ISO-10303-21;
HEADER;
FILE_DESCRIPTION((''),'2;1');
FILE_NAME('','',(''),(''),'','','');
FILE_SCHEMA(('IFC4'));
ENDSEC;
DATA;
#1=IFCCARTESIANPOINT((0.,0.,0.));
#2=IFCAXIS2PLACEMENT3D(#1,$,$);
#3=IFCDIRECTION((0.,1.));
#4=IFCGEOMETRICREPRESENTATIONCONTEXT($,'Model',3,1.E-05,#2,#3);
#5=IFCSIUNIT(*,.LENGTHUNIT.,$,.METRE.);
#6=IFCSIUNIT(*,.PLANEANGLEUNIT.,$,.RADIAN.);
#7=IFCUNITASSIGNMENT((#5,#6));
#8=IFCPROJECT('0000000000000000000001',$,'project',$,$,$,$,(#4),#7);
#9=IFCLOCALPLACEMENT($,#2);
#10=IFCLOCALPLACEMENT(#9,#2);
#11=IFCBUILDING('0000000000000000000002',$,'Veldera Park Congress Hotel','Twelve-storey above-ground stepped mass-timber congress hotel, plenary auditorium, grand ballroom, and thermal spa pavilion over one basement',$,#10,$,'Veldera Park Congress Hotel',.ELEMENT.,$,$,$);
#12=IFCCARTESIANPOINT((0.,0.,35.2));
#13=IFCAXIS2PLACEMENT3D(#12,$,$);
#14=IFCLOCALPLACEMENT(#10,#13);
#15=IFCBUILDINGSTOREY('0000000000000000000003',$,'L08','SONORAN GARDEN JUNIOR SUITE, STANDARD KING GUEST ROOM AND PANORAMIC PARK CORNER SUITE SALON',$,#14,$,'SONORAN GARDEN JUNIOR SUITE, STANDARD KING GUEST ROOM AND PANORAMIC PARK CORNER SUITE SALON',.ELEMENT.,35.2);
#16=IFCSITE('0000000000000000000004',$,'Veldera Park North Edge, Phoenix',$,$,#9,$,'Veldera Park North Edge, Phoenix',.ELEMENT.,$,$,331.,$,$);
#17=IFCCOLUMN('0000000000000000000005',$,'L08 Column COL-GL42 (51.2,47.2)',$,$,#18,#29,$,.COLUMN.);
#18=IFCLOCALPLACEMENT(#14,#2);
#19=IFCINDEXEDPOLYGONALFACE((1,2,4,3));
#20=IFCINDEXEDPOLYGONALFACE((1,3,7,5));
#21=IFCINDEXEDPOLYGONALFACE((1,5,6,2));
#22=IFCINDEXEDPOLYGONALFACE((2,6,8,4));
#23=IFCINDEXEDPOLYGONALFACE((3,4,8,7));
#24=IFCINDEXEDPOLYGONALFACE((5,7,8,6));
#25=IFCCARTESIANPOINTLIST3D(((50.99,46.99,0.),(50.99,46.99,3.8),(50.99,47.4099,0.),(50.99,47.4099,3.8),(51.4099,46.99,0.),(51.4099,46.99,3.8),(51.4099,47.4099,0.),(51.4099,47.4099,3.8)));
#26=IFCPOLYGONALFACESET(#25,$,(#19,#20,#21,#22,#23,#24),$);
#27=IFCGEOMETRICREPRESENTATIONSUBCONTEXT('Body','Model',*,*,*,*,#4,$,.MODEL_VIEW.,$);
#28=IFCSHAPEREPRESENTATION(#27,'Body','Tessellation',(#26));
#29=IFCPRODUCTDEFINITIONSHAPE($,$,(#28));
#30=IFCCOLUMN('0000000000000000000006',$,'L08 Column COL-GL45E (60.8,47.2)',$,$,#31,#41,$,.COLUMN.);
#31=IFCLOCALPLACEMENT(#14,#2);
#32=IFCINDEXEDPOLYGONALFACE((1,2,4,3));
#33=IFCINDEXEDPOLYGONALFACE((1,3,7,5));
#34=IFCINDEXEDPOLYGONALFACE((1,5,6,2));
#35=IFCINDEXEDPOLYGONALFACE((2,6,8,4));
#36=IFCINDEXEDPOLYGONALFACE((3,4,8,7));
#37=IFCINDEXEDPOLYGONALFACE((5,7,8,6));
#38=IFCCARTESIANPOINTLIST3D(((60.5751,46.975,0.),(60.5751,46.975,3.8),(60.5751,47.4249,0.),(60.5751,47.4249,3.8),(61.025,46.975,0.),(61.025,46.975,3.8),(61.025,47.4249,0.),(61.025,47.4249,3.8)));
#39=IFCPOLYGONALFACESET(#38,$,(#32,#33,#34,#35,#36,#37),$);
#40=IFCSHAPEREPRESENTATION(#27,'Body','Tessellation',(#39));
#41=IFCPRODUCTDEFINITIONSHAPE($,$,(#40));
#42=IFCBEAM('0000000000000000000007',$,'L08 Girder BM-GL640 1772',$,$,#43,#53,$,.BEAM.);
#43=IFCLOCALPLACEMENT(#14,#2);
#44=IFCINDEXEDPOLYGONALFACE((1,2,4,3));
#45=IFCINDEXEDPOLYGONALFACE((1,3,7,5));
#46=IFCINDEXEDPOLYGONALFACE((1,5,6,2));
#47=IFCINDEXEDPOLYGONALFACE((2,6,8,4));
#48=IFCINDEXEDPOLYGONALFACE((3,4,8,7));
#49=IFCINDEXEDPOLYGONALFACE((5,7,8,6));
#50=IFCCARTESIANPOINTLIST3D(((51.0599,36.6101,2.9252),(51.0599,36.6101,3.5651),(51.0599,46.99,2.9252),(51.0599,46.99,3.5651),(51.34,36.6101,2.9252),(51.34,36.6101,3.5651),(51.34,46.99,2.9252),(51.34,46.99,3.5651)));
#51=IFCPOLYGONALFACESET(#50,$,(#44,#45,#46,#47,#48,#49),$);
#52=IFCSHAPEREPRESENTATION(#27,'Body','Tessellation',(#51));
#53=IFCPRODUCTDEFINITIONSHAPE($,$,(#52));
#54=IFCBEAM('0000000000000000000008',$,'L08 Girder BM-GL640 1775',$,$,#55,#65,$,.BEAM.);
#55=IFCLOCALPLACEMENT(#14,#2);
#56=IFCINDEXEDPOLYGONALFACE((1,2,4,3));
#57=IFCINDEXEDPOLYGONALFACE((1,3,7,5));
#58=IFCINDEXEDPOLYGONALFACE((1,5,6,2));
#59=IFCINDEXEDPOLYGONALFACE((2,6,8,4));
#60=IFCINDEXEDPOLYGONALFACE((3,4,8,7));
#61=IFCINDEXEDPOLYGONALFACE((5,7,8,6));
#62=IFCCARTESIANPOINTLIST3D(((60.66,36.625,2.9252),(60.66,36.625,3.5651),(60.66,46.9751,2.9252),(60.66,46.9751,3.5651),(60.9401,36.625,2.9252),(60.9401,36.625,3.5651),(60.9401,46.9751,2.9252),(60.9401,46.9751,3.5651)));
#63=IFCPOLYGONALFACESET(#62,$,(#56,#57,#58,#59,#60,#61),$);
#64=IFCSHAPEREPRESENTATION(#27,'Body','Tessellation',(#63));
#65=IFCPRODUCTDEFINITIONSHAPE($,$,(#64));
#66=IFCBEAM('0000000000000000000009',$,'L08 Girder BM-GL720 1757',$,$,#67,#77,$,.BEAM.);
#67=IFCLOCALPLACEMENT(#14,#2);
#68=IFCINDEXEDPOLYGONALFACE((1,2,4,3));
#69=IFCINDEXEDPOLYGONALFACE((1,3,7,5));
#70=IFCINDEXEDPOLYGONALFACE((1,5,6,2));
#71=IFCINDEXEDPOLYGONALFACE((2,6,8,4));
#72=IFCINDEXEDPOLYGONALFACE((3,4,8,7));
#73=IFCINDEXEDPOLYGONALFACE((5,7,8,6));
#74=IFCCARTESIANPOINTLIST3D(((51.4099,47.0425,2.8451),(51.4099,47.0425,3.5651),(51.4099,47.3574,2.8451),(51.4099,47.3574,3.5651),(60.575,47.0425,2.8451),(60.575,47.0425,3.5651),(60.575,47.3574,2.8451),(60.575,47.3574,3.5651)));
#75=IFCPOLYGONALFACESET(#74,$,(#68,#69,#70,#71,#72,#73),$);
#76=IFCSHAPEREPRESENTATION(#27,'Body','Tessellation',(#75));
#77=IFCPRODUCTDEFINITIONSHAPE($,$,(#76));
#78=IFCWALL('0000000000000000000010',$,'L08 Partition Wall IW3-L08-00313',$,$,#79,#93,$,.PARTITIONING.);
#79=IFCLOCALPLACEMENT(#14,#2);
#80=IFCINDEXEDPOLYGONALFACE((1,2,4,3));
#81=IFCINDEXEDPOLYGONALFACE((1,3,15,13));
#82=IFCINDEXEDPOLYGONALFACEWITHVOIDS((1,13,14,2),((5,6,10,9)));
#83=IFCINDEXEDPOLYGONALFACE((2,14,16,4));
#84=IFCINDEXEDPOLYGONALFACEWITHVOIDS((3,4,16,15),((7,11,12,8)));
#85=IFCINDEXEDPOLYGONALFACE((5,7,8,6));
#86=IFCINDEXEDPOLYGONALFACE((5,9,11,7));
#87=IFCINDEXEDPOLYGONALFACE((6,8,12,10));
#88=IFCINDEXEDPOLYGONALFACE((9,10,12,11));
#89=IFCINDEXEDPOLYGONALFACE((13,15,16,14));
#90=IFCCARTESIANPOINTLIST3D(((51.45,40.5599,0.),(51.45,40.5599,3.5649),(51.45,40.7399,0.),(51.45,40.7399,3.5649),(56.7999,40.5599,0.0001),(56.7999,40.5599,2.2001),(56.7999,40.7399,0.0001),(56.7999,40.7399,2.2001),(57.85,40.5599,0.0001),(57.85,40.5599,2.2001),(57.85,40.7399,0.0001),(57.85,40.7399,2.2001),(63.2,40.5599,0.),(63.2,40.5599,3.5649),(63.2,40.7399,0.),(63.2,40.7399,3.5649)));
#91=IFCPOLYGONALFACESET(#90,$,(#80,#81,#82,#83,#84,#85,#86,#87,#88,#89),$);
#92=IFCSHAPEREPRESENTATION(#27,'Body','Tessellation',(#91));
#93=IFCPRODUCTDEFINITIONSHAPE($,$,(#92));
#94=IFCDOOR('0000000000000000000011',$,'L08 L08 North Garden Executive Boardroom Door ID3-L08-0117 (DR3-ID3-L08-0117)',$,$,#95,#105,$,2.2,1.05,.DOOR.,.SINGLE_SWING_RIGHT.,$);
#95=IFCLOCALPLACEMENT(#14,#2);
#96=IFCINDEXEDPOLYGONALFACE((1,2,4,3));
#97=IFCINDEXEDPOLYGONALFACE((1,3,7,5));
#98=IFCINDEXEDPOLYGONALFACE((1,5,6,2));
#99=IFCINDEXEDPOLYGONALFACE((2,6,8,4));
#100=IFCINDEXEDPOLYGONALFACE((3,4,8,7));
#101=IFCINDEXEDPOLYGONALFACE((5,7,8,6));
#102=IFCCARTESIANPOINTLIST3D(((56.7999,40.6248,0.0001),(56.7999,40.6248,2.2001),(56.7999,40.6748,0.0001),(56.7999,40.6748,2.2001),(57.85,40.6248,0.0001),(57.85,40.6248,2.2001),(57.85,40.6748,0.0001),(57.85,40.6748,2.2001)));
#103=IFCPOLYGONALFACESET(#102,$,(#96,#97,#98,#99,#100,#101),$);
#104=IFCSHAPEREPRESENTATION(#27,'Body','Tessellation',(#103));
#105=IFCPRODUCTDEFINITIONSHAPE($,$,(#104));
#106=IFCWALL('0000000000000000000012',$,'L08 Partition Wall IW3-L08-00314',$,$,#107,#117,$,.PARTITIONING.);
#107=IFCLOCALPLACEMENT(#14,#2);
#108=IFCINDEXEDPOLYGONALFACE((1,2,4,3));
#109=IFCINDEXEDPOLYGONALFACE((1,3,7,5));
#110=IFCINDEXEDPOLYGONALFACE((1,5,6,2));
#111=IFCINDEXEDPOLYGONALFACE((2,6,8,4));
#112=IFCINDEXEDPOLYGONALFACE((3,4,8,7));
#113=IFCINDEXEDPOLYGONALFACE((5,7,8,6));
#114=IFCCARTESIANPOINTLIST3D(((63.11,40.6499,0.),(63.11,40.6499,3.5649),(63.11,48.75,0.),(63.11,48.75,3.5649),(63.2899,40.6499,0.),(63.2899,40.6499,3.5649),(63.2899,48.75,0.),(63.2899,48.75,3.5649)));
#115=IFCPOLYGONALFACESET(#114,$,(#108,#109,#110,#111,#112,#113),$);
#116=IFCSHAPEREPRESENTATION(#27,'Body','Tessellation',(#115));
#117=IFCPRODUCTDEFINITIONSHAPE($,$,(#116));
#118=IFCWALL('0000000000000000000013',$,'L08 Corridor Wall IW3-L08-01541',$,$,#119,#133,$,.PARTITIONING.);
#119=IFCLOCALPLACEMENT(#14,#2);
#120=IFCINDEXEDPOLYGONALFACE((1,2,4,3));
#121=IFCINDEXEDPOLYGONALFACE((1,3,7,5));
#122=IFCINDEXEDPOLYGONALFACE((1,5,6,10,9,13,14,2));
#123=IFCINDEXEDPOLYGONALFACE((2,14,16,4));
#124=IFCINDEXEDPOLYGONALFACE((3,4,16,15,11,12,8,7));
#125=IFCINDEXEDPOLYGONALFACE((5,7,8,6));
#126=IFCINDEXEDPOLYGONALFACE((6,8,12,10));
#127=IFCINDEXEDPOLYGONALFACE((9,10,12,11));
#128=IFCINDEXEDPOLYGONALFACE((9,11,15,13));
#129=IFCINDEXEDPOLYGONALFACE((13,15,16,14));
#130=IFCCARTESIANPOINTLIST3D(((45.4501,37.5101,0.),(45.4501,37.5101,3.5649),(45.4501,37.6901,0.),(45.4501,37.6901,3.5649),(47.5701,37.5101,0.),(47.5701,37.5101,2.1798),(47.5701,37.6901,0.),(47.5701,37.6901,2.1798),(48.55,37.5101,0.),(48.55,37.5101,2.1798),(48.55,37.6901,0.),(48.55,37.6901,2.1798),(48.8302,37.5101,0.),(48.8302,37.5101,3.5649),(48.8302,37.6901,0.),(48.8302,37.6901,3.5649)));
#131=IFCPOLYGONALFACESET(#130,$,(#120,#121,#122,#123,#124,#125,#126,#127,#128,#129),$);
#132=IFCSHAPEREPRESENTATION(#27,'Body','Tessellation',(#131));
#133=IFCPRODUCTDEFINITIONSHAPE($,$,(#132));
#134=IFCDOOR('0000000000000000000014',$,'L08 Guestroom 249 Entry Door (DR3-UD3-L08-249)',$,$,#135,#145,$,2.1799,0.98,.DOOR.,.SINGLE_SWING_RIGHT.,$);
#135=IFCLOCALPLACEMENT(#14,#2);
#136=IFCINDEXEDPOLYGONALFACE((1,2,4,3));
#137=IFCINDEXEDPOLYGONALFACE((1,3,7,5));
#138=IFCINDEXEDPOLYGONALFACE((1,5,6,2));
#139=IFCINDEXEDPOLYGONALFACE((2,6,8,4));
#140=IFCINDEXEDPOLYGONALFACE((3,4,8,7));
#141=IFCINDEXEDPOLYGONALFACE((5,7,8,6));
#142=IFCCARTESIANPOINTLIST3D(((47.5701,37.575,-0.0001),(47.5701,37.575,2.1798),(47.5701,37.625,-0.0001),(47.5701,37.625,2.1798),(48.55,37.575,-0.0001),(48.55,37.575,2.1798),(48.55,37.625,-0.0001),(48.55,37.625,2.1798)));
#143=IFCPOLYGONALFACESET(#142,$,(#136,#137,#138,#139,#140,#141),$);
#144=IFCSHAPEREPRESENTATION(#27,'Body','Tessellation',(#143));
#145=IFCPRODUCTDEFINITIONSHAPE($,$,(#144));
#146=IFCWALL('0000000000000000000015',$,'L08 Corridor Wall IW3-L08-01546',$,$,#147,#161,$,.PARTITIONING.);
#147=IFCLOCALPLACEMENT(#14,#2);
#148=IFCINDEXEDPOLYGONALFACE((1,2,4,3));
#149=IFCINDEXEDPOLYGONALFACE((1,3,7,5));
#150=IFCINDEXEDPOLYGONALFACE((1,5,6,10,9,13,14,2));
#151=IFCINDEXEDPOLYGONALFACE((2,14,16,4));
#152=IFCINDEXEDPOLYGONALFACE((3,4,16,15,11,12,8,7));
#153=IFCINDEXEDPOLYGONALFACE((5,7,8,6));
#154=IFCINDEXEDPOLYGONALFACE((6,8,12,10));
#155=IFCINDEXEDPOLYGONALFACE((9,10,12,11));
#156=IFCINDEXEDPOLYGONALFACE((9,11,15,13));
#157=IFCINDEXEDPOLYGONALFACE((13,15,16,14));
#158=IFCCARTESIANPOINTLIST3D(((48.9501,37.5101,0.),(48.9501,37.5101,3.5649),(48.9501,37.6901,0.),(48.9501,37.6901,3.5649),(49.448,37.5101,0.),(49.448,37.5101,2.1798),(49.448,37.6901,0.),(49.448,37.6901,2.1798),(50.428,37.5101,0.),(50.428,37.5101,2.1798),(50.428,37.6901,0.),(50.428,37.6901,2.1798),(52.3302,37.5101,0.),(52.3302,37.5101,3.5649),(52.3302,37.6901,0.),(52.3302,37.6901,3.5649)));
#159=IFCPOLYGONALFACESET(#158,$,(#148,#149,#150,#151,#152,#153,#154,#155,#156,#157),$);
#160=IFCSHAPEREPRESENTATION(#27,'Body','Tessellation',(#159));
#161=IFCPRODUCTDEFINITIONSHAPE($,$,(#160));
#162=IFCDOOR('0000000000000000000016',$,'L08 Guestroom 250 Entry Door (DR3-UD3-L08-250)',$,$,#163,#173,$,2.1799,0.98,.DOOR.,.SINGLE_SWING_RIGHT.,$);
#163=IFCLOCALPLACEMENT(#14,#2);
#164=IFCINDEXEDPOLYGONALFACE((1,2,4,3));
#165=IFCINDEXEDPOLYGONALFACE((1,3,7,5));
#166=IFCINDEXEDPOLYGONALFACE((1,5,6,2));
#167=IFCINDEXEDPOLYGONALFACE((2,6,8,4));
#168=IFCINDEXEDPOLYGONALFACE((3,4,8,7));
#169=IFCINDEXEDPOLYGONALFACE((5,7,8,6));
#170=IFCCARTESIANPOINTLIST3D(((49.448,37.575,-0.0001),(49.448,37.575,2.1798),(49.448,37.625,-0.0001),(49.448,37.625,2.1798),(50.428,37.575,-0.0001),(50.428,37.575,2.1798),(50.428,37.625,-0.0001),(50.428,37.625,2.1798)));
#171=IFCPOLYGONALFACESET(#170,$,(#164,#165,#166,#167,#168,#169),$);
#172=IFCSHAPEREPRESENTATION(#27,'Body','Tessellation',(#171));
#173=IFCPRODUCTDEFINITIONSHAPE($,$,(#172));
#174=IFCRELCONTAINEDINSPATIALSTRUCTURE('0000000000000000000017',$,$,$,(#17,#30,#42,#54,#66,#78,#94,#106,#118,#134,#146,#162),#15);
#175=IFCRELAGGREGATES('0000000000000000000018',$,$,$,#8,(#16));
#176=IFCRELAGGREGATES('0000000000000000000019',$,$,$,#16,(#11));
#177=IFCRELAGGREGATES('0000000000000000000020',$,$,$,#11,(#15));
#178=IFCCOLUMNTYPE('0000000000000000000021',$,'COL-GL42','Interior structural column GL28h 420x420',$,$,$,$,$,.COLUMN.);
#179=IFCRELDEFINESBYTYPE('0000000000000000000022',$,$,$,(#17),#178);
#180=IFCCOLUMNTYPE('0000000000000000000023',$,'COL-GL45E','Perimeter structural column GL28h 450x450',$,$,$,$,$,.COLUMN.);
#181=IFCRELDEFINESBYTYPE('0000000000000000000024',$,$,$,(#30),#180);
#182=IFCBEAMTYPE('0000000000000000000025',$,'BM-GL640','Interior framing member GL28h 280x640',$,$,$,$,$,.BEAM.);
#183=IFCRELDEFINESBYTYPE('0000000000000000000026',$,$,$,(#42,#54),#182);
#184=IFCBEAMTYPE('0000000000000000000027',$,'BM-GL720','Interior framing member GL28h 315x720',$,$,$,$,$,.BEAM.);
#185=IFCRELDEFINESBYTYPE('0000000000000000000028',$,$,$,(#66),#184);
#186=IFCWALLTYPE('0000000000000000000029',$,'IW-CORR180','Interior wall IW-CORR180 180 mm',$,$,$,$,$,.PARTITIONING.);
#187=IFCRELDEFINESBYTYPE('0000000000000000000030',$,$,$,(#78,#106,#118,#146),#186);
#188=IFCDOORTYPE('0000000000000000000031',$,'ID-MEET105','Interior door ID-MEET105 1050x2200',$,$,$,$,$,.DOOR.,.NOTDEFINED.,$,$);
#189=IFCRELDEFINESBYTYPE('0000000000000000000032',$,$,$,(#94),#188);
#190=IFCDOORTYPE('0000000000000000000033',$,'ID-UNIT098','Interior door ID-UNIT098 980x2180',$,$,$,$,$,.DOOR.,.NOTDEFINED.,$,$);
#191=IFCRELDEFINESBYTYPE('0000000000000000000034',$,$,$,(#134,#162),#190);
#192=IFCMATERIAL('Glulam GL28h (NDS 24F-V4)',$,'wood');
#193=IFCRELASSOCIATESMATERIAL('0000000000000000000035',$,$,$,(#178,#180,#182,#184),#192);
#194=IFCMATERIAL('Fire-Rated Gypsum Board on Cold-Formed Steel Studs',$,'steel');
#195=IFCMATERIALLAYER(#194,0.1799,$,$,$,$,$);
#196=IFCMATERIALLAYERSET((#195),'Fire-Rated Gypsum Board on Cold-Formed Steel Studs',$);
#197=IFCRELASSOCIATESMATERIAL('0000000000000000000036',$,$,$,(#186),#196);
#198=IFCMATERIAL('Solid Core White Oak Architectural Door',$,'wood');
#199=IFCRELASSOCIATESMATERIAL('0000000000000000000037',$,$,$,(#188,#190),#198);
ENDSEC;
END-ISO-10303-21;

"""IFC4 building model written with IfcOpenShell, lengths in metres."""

from ifc_helpers import new_model, si_unit, direction, frame, frame_2d, origin, origin_2d, place, context, subcontext, project, spatial, rectangle, extrude, material, layer, layer_set, material_profile, profile_set, type_object, element, fill, save


model = new_model("IFC4")

# Units and contexts
model_context = context("Model", 3, precision=1e-05, world=origin(), true_north=direction((0.0, 1.0)))
body_context = subcontext(model_context, "Body", "Model", "MODEL_VIEW")
ifc_project = project(units=[si_unit("LENGTHUNIT", "METRE"), si_unit("PLANEANGLEUNIT", "RADIAN")], contexts=[model_context])

# Site, building, storey
site_placement = place(None, origin())
site = spatial("IfcSite", under=ifc_project, at=site_placement, Name="Veldera Park North Edge, Phoenix", LongName="Veldera Park North Edge, Phoenix", CompositionType="ELEMENT", RefElevation=331.0)
building_placement = place(site_placement, origin())
building = spatial("IfcBuilding", under=site, at=building_placement, Name="Veldera Park Congress Hotel", Description="Twelve-storey above-ground stepped mass-timber congress hotel, plenary auditorium, grand ballroom, and thermal spa pavilion over one basement", LongName="Veldera Park Congress Hotel", CompositionType="ELEMENT")
storey_placement = place(building_placement, frame((0.0, 0.0, 35.2)))
storey = spatial("IfcBuildingStorey", under=building, at=storey_placement, Name="L08", Description="SONORAN GARDEN JUNIOR SUITE, STANDARD KING GUEST ROOM AND PANORAMIC PARK CORNER SUITE SALON", LongName="SONORAN GARDEN JUNIOR SUITE, STANDARD KING GUEST ROOM AND PANORAMIC PARK CORNER SUITE SALON", CompositionType="ELEMENT", Elevation=35.2)

# Columns
ifc_material_1 = material(Name="Glulam GL28h (NDS 24F-V4)", Category="wood")
ifc_material_profile_1 = material_profile(ifc_material_1, rectangle(XDim=0.4199, YDim=0.4199, at=origin_2d()), Name="GL28h 420x420")
ifc_profile_set_1 = profile_set([ifc_material_profile_1], Name="Glulam GL28h (NDS 24F-V4)")
column_type_1 = type_object("IfcColumnType", Name="COL-GL42", Description="Interior structural column GL28h 420x420", PredefinedType="COLUMN", material=ifc_profile_set_1)
column_1_placement = place(storey_placement, frame((51.2, 47.2, 0.0), z_axis=(0.0, 0.0, 1.0), x_axis=(1.0, 0.0, 0.0)))
element("IfcColumn", 1, at=column_1_placement, inside=storey, type_object=column_type_1, Name="L08 Column COL-GL42 (51.2,47.2)", PredefinedType="COLUMN", context=body_context, shape_type="SweptSolid", body=[
    extrude(rectangle(XDim=0.4199, YDim=0.4199, at=origin_2d()), origin(), (0.0, 0.0, 1.0), 3.8),
])
ifc_material_profile_2 = material_profile(ifc_material_1, rectangle(XDim=0.45, YDim=0.45, at=origin_2d()), Name="GL28h 450x450")
ifc_profile_set_2 = profile_set([ifc_material_profile_2], Name="Glulam GL28h (NDS 24F-V4)")
column_type_2 = type_object("IfcColumnType", Name="COL-GL45E", Description="Perimeter structural column GL28h 450x450", PredefinedType="COLUMN", material=ifc_profile_set_2)
column_2_placement = place(storey_placement, frame((60.8, 47.2, 0.0), z_axis=(0.0, 0.0, 1.0), x_axis=(1.0, 0.0, 0.0)))
element("IfcColumn", 2, at=column_2_placement, inside=storey, type_object=column_type_2, Name="L08 Column COL-GL45E (60.8,47.2)", PredefinedType="COLUMN", context=body_context, shape_type="SweptSolid", body=[
    extrude(rectangle(XDim=0.45, YDim=0.45, at=origin_2d()), origin(), (0.0, 0.0, 1.0), 3.8),
])

# Beams
ifc_material_profile_3 = material_profile(ifc_material_1, rectangle(XDim=0.28, YDim=0.6399, at=origin_2d()), Name="GL28h 280x640")
ifc_profile_set_3 = profile_set([ifc_material_profile_3], Name="Glulam GL28h (NDS 24F-V4)")
beam_type_1 = type_object("IfcBeamType", Name="BM-GL640", Description="Interior framing member GL28h 280x640", PredefinedType="BEAM", material=ifc_profile_set_3)
beam_1_placement = place(storey_placement, frame((51.2, 36.6101, 3.2451), z_axis=(0.0, 1.0, 0.0), x_axis=(-1.0, 0.0, 0.0)))
element("IfcBeam", 3, at=beam_1_placement, inside=storey, type_object=beam_type_1, Name="L08 Girder BM-GL640 1772", PredefinedType="BEAM", context=body_context, shape_type="SweptSolid", body=[
    extrude(rectangle(XDim=0.28, YDim=0.6399, at=origin_2d()), origin(), (0.0, 0.0, 1.0), 10.3799),
])
beam_2_placement = place(storey_placement, frame((60.8, 36.625, 3.2451), z_axis=(0.0, 1.0, 0.0), x_axis=(-1.0, 0.0, 0.0)))
element("IfcBeam", 4, at=beam_2_placement, inside=storey, type_object=beam_type_1, Name="L08 Girder BM-GL640 1775", PredefinedType="BEAM", context=body_context, shape_type="SweptSolid", body=[
    extrude(rectangle(XDim=0.28, YDim=0.6399, at=origin_2d()), origin(), (0.0, 0.0, 1.0), 10.3501),
])
ifc_material_profile_4 = material_profile(ifc_material_1, rectangle(XDim=0.3149, YDim=0.72, at=origin_2d()), Name="GL28h 315x720")
ifc_profile_set_4 = profile_set([ifc_material_profile_4], Name="Glulam GL28h (NDS 24F-V4)")
beam_type_2 = type_object("IfcBeamType", Name="BM-GL720", Description="Interior framing member GL28h 315x720", PredefinedType="BEAM", material=ifc_profile_set_4)
beam_3_placement = place(storey_placement, frame((51.4099, 47.2, 3.2051), z_axis=(1.0, 0.0, 0.0), x_axis=(0.0, 1.0, 0.0)))
element("IfcBeam", 5, at=beam_3_placement, inside=storey, type_object=beam_type_2, Name="L08 Girder BM-GL720 1757", PredefinedType="BEAM", context=body_context, shape_type="SweptSolid", body=[
    extrude(rectangle(XDim=0.3149, YDim=0.72, at=origin_2d()), origin(), (0.0, 0.0, 1.0), 9.165),
])

# Wall, opening, door
ifc_material_2 = material(Name="Fire-Rated Gypsum Board on Cold-Formed Steel Studs", Category="steel")
ifc_layer_1 = layer(ifc_material_2, 0.1799)
ifc_layer_set_1 = layer_set([ifc_layer_1], Name="Fire-Rated Gypsum Board on Cold-Formed Steel Studs")
wall_type_1 = type_object("IfcWallType", Name="IW-CORR180", Description="Interior wall IW-CORR180 180 mm", PredefinedType="PARTITIONING", material=ifc_layer_set_1)
wall_1_placement = place(storey_placement, frame((51.45, 40.6499, 0.0), z_axis=(0.0, 0.0, 1.0), x_axis=(1.0, 0.0, 0.0)))
wall_1 = element("IfcWall", 6, at=wall_1_placement, inside=storey, type_object=wall_type_1, Name="L08 Partition Wall IW3-L08-00313", PredefinedType="PARTITIONING", context=body_context, shape_type="SweptSolid", body=[
    extrude(rectangle(XDim=11.75, YDim=0.1799, at=frame_2d((5.875, 0.0))), origin(), (0.0, 0.0, 1.0), 3.5649),
])
opening_1_placement = place(wall_1_placement, frame((5.3501, 0.0, 0.0)))
opening_1 = element("IfcOpeningElement", 7, at=opening_1_placement, cuts=wall_1, PredefinedType="OPENING", context=body_context, shape_type="SweptSolid", body=[
    extrude(rectangle(XDim=1.05, YDim=2.2, at=frame_2d((0.5249, 1.1001))), frame((0.0, 0.1021, 0.0), z_axis=(0.0, -1.0, 0.0), x_axis=(1.0, 0.0, 0.0)), (0.0, 0.0, 1.0), 0.2039),
])
ifc_material_3 = material(Name="Solid Core White Oak Architectural Door", Category="wood")
door_type_1 = type_object("IfcDoorType", Name="ID-MEET105", Description="Interior door ID-MEET105 1050x2200", OperationType="NOTDEFINED", PredefinedType="DOOR", material=ifc_material_3)
door_1_placement = place(opening_1_placement, origin())
door_1 = element("IfcDoor", 8, at=door_1_placement, inside=storey, type_object=door_type_1, Name="L08 L08 North Garden Executive Boardroom Door ID3-L08-0117 (DR3-ID3-L08-0117)", OperationType="SINGLE_SWING_RIGHT", OverallHeight=2.2, OverallWidth=1.05, PredefinedType="DOOR", context=body_context, shape_type="SweptSolid", body=[
    extrude(rectangle(XDim=1.05, YDim=2.2, at=frame_2d((0.5249, 1.1001))), frame((0.0, 0.0249, 0.0), z_axis=(0.0, -1.0, 0.0), x_axis=(1.0, 0.0, 0.0)), (0.0, 0.0, 1.0), 0.05),
])
fill(opening_1, door_1)

# Wall
wall_2_placement = place(storey_placement, frame((63.2, 40.6499, 0.0), z_axis=(0.0, 0.0, 1.0), x_axis=(0.0, 1.0, 0.0)))
element("IfcWall", 9, at=wall_2_placement, inside=storey, type_object=wall_type_1, Name="L08 Partition Wall IW3-L08-00314", PredefinedType="PARTITIONING", context=body_context, shape_type="SweptSolid", body=[
    extrude(rectangle(XDim=8.1001, YDim=0.1799, at=frame_2d((4.05, 0.0))), origin(), (0.0, 0.0, 1.0), 3.5649),
])

# Walls, openings, doors
wall_3_placement = place(storey_placement, frame((48.8301, 37.6001, 0.0), z_axis=(0.0, 0.0, 1.0), x_axis=(-1.0, 0.0, 0.0)))
wall_3 = element("IfcWall", 10, at=wall_3_placement, inside=storey, type_object=wall_type_1, Name="L08 Corridor Wall IW3-L08-01541", PredefinedType="PARTITIONING", context=body_context, shape_type="SweptSolid", body=[
    extrude(rectangle(XDim=3.3801, YDim=0.1799, at=frame_2d((1.6899, 0.0))), origin(), (0.0, 0.0, 1.0), 3.5649),
])
opening_2_placement = place(wall_3_placement, frame((0.28, 0.0, 0.0)))
opening_2 = element("IfcOpeningElement", 11, at=opening_2_placement, cuts=wall_3, PredefinedType="OPENING", context=body_context, shape_type="SweptSolid", body=[
    extrude(rectangle(XDim=0.98, YDim=2.1799, at=frame_2d((0.49, 1.0898))), frame((0.0, 0.1021, 0.0), z_axis=(0.0, -1.0, 0.0), x_axis=(1.0, 0.0, 0.0)), (0.0, 0.0, 1.0), 0.2039),
])
door_type_2 = type_object("IfcDoorType", Name="ID-UNIT098", Description="Interior door ID-UNIT098 980x2180", OperationType="NOTDEFINED", PredefinedType="DOOR", material=ifc_material_3)
door_2_placement = place(opening_2_placement, frame((0.98, 0.0, 0.0), z_axis=(0.0, 0.0, 1.0), x_axis=(-1.0, 0.0, 0.0)))
door_2 = element("IfcDoor", 12, at=door_2_placement, inside=storey, type_object=door_type_2, Name="L08 Guestroom 249 Entry Door (DR3-UD3-L08-249)", OperationType="SINGLE_SWING_RIGHT", OverallHeight=2.1799, OverallWidth=0.98, PredefinedType="DOOR", context=body_context, shape_type="SweptSolid", body=[
    extrude(rectangle(XDim=0.98, YDim=2.1799, at=frame_2d((0.49, 1.0898))), frame((0.0, 0.0249, 0.0), z_axis=(0.0, -1.0, 0.0), x_axis=(1.0, 0.0, 0.0)), (0.0, 0.0, 1.0), 0.05),
])
fill(opening_2, door_2)
wall_4_placement = place(storey_placement, frame((52.3301, 37.6001, 0.0), z_axis=(0.0, 0.0, 1.0), x_axis=(-1.0, 0.0, 0.0)))
wall_4 = element("IfcWall", 13, at=wall_4_placement, inside=storey, type_object=wall_type_1, Name="L08 Corridor Wall IW3-L08-01546", PredefinedType="PARTITIONING", context=body_context, shape_type="SweptSolid", body=[
    extrude(rectangle(XDim=3.3801, YDim=0.1799, at=frame_2d((1.6899, 0.0))), origin(), (0.0, 0.0, 1.0), 3.5649),
])
opening_3_placement = place(wall_4_placement, frame((1.9021, 0.0, 0.0)))
opening_3 = element("IfcOpeningElement", 14, at=opening_3_placement, cuts=wall_4, PredefinedType="OPENING", context=body_context, shape_type="SweptSolid", body=[
    extrude(rectangle(XDim=0.98, YDim=2.1799, at=frame_2d((0.49, 1.0898))), frame((0.0, 0.1021, 0.0), z_axis=(0.0, -1.0, 0.0), x_axis=(1.0, 0.0, 0.0)), (0.0, 0.0, 1.0), 0.2039),
])
door_3_placement = place(opening_3_placement, frame((0.98, 0.0, 0.0), z_axis=(0.0, 0.0, 1.0), x_axis=(-1.0, 0.0, 0.0)))
door_3 = element("IfcDoor", 15, at=door_3_placement, inside=storey, type_object=door_type_2, Name="L08 Guestroom 250 Entry Door (DR3-UD3-L08-250)", OperationType="SINGLE_SWING_RIGHT", OverallHeight=2.1799, OverallWidth=0.98, PredefinedType="DOOR", context=body_context, shape_type="SweptSolid", body=[
    extrude(rectangle(XDim=0.98, YDim=2.1799, at=frame_2d((0.49, 1.0898))), frame((0.0, 0.0249, 0.0), z_axis=(0.0, -1.0, 0.0), x_axis=(1.0, 0.0, 0.0)), (0.0, 0.0, 1.0), 0.05),
])
fill(opening_3, door_3)

save(model, "model.ifc")
